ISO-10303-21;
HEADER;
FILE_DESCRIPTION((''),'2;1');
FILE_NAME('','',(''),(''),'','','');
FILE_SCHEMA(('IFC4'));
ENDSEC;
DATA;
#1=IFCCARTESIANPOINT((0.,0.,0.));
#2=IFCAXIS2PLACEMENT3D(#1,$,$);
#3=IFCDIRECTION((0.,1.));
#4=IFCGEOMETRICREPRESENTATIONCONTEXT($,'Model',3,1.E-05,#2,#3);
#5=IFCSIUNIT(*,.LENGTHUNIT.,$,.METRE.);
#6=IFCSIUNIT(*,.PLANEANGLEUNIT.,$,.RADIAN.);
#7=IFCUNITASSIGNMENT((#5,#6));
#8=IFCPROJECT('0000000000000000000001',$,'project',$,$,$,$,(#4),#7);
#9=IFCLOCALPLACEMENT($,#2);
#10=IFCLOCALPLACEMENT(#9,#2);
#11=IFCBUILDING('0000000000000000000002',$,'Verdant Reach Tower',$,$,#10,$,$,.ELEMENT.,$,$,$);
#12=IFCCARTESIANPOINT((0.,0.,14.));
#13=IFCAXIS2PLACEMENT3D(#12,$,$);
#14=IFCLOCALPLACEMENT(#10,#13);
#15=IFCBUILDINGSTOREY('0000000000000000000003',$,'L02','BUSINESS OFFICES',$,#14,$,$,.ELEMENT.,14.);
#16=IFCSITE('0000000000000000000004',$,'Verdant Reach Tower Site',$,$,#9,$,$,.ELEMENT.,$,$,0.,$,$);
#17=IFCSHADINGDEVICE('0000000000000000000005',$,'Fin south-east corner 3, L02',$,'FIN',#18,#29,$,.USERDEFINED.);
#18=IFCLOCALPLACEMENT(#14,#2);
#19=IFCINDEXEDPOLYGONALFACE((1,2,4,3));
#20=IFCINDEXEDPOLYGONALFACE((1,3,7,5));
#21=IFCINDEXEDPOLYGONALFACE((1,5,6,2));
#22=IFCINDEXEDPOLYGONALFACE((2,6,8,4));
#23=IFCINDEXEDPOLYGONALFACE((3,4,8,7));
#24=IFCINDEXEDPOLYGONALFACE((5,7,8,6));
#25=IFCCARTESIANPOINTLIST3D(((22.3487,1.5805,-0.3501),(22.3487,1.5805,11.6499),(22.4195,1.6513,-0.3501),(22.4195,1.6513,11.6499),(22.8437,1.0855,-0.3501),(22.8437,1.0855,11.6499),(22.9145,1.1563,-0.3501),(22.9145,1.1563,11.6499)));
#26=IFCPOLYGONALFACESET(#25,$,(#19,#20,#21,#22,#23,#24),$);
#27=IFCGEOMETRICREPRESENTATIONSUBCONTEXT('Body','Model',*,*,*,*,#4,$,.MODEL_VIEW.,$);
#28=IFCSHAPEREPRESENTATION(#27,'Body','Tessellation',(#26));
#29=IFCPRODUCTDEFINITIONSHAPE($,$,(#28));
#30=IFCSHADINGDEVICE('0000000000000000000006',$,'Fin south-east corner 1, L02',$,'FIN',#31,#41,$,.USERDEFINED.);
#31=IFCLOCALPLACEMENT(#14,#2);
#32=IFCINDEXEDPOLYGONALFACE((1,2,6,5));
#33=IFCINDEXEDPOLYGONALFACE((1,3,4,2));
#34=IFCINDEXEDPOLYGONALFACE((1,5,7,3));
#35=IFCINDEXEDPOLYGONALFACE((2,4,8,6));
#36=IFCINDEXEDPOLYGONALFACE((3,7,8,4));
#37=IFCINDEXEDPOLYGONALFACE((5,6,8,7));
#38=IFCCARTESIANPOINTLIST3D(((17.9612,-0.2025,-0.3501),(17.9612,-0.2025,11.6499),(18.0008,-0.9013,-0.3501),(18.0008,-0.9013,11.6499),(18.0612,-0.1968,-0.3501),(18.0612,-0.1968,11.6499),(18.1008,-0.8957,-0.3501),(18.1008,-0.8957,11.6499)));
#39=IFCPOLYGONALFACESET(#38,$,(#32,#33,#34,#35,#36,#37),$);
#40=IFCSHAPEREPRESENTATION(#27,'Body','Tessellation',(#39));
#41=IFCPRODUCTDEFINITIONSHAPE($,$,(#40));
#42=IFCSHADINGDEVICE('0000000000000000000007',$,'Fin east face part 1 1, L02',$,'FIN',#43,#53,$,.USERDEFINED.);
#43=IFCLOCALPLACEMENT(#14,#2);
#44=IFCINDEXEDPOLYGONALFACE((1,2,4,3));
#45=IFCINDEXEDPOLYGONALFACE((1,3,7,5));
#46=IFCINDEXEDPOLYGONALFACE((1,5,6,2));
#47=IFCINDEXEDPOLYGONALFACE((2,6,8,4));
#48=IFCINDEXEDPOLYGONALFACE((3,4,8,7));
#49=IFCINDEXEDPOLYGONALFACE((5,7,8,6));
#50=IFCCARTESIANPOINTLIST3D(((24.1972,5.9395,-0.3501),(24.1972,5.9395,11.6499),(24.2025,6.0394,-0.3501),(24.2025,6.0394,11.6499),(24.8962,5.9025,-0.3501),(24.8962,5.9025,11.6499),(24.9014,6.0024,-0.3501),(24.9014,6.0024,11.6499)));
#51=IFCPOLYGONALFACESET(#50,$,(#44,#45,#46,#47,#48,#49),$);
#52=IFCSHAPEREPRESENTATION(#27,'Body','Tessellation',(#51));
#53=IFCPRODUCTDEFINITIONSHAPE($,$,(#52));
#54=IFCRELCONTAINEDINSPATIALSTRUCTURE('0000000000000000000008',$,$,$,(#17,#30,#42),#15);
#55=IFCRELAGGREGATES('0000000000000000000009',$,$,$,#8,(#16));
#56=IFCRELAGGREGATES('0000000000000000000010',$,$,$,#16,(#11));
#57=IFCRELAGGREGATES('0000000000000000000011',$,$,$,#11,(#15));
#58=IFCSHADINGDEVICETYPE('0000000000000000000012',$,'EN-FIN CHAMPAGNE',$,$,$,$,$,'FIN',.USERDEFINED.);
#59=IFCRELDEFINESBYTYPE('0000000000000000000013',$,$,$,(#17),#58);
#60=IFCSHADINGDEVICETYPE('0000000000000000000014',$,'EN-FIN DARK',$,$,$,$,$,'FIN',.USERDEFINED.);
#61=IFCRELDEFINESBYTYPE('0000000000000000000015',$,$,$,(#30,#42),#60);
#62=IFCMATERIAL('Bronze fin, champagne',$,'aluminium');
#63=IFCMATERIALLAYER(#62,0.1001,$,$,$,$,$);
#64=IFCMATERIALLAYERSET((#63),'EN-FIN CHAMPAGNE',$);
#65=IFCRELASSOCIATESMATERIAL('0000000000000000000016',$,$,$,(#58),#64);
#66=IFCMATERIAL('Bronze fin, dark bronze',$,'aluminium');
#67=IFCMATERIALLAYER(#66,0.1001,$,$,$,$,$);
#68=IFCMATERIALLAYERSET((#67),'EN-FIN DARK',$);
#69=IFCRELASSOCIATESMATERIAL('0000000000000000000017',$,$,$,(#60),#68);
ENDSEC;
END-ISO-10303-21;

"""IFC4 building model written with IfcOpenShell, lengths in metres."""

from ifc_helpers import new_model, si_unit, direction, frame, origin, origin_2d, place, context, subcontext, project, spatial, rectangle, extrude, material, layer, layer_set, type_object, element, save


model = new_model("IFC4")

# Units and contexts
model_context = context("Model", 3, precision=1e-05, world=origin(), true_north=direction((0.0, 1.0)))
body_context = subcontext(model_context, "Body", "Model", "MODEL_VIEW")
ifc_project = project(units=[si_unit("LENGTHUNIT", "METRE"), si_unit("PLANEANGLEUNIT", "RADIAN")], contexts=[model_context])

# Site, building, storey
site_placement = place(None, origin())
site = spatial("IfcSite", under=ifc_project, at=site_placement, Name="Verdant Reach Tower Site", CompositionType="ELEMENT", RefElevation=0.0)
building_placement = place(site_placement, origin())
building = spatial("IfcBuilding", under=site, at=building_placement, Name="Verdant Reach Tower", CompositionType="ELEMENT")
storey_placement = place(building_placement, frame((0.0, 0.0, 14.0)))
storey = spatial("IfcBuildingStorey", under=building, at=storey_placement, Name="L02", Description="BUSINESS OFFICES", CompositionType="ELEMENT", Elevation=14.0)

# Shading devices
ifc_material_1 = material(Name="Bronze fin, champagne", Category="aluminium")
ifc_layer_1 = layer(ifc_material_1, 0.1001)
ifc_layer_set_1 = layer_set([ifc_layer_1], Name="EN-FIN CHAMPAGNE")
shading_device_type_1 = type_object("IfcShadingDeviceType", Name="EN-FIN CHAMPAGNE", ElementType="FIN", PredefinedType="USERDEFINED", material=ifc_layer_set_1)
shading_device_placement = place(storey_placement, frame((22.6316, 1.3684, -0.3501), z_axis=(0.0, 0.0, 1.0), x_axis=(0.707107, 0.707107, 0.0)))
element("IfcShadingDevice", 1, at=shading_device_placement, inside=storey, type_object=shading_device_type_1, Name="Fin south-east corner 3, L02", ObjectType="FIN", PredefinedType="USERDEFINED", context=body_context, shape_type="SweptSolid", body=[
    extrude(rectangle(XDim=0.1001, YDim=0.7, at=origin_2d()), origin(), (0.0, 0.0, 1.0), 12.0),
])
ifc_material_2 = material(Name="Bronze fin, dark bronze", Category="aluminium")
ifc_layer_2 = layer(ifc_material_2, 0.1001)
ifc_layer_set_2 = layer_set([ifc_layer_2], Name="EN-FIN DARK")
shading_device_type_2 = type_object("IfcShadingDeviceType", Name="EN-FIN DARK", ElementType="FIN", PredefinedType="USERDEFINED", material=ifc_layer_set_2)
for number, where, z_axis, x_axis, name in (
    (2, (18.031, -0.5491, -0.3501), (0.0, 0.0, 1.0), (0.998399, 0.056569, 0.0), "Fin south-east corner 1, L02"),
    (3, (24.5493, 5.9709, -0.3501), (0.0, 0.0, 1.0), (0.052815, 0.998604, 0.0), "Fin east face part 1 1, L02"),
):
    element("IfcShadingDevice", number, at=place(storey_placement, frame(where, z_axis=z_axis, x_axis=x_axis)), inside=storey, type_object=shading_device_type_2, Name=name, ObjectType="FIN", PredefinedType="USERDEFINED", context=body_context, shape_type="SweptSolid", body=[
        extrude(rectangle(XDim=0.1001, YDim=0.7, at=origin_2d()), origin(), (0.0, 0.0, 1.0), 12.0),
    ])

save(model, "model.ifc")
